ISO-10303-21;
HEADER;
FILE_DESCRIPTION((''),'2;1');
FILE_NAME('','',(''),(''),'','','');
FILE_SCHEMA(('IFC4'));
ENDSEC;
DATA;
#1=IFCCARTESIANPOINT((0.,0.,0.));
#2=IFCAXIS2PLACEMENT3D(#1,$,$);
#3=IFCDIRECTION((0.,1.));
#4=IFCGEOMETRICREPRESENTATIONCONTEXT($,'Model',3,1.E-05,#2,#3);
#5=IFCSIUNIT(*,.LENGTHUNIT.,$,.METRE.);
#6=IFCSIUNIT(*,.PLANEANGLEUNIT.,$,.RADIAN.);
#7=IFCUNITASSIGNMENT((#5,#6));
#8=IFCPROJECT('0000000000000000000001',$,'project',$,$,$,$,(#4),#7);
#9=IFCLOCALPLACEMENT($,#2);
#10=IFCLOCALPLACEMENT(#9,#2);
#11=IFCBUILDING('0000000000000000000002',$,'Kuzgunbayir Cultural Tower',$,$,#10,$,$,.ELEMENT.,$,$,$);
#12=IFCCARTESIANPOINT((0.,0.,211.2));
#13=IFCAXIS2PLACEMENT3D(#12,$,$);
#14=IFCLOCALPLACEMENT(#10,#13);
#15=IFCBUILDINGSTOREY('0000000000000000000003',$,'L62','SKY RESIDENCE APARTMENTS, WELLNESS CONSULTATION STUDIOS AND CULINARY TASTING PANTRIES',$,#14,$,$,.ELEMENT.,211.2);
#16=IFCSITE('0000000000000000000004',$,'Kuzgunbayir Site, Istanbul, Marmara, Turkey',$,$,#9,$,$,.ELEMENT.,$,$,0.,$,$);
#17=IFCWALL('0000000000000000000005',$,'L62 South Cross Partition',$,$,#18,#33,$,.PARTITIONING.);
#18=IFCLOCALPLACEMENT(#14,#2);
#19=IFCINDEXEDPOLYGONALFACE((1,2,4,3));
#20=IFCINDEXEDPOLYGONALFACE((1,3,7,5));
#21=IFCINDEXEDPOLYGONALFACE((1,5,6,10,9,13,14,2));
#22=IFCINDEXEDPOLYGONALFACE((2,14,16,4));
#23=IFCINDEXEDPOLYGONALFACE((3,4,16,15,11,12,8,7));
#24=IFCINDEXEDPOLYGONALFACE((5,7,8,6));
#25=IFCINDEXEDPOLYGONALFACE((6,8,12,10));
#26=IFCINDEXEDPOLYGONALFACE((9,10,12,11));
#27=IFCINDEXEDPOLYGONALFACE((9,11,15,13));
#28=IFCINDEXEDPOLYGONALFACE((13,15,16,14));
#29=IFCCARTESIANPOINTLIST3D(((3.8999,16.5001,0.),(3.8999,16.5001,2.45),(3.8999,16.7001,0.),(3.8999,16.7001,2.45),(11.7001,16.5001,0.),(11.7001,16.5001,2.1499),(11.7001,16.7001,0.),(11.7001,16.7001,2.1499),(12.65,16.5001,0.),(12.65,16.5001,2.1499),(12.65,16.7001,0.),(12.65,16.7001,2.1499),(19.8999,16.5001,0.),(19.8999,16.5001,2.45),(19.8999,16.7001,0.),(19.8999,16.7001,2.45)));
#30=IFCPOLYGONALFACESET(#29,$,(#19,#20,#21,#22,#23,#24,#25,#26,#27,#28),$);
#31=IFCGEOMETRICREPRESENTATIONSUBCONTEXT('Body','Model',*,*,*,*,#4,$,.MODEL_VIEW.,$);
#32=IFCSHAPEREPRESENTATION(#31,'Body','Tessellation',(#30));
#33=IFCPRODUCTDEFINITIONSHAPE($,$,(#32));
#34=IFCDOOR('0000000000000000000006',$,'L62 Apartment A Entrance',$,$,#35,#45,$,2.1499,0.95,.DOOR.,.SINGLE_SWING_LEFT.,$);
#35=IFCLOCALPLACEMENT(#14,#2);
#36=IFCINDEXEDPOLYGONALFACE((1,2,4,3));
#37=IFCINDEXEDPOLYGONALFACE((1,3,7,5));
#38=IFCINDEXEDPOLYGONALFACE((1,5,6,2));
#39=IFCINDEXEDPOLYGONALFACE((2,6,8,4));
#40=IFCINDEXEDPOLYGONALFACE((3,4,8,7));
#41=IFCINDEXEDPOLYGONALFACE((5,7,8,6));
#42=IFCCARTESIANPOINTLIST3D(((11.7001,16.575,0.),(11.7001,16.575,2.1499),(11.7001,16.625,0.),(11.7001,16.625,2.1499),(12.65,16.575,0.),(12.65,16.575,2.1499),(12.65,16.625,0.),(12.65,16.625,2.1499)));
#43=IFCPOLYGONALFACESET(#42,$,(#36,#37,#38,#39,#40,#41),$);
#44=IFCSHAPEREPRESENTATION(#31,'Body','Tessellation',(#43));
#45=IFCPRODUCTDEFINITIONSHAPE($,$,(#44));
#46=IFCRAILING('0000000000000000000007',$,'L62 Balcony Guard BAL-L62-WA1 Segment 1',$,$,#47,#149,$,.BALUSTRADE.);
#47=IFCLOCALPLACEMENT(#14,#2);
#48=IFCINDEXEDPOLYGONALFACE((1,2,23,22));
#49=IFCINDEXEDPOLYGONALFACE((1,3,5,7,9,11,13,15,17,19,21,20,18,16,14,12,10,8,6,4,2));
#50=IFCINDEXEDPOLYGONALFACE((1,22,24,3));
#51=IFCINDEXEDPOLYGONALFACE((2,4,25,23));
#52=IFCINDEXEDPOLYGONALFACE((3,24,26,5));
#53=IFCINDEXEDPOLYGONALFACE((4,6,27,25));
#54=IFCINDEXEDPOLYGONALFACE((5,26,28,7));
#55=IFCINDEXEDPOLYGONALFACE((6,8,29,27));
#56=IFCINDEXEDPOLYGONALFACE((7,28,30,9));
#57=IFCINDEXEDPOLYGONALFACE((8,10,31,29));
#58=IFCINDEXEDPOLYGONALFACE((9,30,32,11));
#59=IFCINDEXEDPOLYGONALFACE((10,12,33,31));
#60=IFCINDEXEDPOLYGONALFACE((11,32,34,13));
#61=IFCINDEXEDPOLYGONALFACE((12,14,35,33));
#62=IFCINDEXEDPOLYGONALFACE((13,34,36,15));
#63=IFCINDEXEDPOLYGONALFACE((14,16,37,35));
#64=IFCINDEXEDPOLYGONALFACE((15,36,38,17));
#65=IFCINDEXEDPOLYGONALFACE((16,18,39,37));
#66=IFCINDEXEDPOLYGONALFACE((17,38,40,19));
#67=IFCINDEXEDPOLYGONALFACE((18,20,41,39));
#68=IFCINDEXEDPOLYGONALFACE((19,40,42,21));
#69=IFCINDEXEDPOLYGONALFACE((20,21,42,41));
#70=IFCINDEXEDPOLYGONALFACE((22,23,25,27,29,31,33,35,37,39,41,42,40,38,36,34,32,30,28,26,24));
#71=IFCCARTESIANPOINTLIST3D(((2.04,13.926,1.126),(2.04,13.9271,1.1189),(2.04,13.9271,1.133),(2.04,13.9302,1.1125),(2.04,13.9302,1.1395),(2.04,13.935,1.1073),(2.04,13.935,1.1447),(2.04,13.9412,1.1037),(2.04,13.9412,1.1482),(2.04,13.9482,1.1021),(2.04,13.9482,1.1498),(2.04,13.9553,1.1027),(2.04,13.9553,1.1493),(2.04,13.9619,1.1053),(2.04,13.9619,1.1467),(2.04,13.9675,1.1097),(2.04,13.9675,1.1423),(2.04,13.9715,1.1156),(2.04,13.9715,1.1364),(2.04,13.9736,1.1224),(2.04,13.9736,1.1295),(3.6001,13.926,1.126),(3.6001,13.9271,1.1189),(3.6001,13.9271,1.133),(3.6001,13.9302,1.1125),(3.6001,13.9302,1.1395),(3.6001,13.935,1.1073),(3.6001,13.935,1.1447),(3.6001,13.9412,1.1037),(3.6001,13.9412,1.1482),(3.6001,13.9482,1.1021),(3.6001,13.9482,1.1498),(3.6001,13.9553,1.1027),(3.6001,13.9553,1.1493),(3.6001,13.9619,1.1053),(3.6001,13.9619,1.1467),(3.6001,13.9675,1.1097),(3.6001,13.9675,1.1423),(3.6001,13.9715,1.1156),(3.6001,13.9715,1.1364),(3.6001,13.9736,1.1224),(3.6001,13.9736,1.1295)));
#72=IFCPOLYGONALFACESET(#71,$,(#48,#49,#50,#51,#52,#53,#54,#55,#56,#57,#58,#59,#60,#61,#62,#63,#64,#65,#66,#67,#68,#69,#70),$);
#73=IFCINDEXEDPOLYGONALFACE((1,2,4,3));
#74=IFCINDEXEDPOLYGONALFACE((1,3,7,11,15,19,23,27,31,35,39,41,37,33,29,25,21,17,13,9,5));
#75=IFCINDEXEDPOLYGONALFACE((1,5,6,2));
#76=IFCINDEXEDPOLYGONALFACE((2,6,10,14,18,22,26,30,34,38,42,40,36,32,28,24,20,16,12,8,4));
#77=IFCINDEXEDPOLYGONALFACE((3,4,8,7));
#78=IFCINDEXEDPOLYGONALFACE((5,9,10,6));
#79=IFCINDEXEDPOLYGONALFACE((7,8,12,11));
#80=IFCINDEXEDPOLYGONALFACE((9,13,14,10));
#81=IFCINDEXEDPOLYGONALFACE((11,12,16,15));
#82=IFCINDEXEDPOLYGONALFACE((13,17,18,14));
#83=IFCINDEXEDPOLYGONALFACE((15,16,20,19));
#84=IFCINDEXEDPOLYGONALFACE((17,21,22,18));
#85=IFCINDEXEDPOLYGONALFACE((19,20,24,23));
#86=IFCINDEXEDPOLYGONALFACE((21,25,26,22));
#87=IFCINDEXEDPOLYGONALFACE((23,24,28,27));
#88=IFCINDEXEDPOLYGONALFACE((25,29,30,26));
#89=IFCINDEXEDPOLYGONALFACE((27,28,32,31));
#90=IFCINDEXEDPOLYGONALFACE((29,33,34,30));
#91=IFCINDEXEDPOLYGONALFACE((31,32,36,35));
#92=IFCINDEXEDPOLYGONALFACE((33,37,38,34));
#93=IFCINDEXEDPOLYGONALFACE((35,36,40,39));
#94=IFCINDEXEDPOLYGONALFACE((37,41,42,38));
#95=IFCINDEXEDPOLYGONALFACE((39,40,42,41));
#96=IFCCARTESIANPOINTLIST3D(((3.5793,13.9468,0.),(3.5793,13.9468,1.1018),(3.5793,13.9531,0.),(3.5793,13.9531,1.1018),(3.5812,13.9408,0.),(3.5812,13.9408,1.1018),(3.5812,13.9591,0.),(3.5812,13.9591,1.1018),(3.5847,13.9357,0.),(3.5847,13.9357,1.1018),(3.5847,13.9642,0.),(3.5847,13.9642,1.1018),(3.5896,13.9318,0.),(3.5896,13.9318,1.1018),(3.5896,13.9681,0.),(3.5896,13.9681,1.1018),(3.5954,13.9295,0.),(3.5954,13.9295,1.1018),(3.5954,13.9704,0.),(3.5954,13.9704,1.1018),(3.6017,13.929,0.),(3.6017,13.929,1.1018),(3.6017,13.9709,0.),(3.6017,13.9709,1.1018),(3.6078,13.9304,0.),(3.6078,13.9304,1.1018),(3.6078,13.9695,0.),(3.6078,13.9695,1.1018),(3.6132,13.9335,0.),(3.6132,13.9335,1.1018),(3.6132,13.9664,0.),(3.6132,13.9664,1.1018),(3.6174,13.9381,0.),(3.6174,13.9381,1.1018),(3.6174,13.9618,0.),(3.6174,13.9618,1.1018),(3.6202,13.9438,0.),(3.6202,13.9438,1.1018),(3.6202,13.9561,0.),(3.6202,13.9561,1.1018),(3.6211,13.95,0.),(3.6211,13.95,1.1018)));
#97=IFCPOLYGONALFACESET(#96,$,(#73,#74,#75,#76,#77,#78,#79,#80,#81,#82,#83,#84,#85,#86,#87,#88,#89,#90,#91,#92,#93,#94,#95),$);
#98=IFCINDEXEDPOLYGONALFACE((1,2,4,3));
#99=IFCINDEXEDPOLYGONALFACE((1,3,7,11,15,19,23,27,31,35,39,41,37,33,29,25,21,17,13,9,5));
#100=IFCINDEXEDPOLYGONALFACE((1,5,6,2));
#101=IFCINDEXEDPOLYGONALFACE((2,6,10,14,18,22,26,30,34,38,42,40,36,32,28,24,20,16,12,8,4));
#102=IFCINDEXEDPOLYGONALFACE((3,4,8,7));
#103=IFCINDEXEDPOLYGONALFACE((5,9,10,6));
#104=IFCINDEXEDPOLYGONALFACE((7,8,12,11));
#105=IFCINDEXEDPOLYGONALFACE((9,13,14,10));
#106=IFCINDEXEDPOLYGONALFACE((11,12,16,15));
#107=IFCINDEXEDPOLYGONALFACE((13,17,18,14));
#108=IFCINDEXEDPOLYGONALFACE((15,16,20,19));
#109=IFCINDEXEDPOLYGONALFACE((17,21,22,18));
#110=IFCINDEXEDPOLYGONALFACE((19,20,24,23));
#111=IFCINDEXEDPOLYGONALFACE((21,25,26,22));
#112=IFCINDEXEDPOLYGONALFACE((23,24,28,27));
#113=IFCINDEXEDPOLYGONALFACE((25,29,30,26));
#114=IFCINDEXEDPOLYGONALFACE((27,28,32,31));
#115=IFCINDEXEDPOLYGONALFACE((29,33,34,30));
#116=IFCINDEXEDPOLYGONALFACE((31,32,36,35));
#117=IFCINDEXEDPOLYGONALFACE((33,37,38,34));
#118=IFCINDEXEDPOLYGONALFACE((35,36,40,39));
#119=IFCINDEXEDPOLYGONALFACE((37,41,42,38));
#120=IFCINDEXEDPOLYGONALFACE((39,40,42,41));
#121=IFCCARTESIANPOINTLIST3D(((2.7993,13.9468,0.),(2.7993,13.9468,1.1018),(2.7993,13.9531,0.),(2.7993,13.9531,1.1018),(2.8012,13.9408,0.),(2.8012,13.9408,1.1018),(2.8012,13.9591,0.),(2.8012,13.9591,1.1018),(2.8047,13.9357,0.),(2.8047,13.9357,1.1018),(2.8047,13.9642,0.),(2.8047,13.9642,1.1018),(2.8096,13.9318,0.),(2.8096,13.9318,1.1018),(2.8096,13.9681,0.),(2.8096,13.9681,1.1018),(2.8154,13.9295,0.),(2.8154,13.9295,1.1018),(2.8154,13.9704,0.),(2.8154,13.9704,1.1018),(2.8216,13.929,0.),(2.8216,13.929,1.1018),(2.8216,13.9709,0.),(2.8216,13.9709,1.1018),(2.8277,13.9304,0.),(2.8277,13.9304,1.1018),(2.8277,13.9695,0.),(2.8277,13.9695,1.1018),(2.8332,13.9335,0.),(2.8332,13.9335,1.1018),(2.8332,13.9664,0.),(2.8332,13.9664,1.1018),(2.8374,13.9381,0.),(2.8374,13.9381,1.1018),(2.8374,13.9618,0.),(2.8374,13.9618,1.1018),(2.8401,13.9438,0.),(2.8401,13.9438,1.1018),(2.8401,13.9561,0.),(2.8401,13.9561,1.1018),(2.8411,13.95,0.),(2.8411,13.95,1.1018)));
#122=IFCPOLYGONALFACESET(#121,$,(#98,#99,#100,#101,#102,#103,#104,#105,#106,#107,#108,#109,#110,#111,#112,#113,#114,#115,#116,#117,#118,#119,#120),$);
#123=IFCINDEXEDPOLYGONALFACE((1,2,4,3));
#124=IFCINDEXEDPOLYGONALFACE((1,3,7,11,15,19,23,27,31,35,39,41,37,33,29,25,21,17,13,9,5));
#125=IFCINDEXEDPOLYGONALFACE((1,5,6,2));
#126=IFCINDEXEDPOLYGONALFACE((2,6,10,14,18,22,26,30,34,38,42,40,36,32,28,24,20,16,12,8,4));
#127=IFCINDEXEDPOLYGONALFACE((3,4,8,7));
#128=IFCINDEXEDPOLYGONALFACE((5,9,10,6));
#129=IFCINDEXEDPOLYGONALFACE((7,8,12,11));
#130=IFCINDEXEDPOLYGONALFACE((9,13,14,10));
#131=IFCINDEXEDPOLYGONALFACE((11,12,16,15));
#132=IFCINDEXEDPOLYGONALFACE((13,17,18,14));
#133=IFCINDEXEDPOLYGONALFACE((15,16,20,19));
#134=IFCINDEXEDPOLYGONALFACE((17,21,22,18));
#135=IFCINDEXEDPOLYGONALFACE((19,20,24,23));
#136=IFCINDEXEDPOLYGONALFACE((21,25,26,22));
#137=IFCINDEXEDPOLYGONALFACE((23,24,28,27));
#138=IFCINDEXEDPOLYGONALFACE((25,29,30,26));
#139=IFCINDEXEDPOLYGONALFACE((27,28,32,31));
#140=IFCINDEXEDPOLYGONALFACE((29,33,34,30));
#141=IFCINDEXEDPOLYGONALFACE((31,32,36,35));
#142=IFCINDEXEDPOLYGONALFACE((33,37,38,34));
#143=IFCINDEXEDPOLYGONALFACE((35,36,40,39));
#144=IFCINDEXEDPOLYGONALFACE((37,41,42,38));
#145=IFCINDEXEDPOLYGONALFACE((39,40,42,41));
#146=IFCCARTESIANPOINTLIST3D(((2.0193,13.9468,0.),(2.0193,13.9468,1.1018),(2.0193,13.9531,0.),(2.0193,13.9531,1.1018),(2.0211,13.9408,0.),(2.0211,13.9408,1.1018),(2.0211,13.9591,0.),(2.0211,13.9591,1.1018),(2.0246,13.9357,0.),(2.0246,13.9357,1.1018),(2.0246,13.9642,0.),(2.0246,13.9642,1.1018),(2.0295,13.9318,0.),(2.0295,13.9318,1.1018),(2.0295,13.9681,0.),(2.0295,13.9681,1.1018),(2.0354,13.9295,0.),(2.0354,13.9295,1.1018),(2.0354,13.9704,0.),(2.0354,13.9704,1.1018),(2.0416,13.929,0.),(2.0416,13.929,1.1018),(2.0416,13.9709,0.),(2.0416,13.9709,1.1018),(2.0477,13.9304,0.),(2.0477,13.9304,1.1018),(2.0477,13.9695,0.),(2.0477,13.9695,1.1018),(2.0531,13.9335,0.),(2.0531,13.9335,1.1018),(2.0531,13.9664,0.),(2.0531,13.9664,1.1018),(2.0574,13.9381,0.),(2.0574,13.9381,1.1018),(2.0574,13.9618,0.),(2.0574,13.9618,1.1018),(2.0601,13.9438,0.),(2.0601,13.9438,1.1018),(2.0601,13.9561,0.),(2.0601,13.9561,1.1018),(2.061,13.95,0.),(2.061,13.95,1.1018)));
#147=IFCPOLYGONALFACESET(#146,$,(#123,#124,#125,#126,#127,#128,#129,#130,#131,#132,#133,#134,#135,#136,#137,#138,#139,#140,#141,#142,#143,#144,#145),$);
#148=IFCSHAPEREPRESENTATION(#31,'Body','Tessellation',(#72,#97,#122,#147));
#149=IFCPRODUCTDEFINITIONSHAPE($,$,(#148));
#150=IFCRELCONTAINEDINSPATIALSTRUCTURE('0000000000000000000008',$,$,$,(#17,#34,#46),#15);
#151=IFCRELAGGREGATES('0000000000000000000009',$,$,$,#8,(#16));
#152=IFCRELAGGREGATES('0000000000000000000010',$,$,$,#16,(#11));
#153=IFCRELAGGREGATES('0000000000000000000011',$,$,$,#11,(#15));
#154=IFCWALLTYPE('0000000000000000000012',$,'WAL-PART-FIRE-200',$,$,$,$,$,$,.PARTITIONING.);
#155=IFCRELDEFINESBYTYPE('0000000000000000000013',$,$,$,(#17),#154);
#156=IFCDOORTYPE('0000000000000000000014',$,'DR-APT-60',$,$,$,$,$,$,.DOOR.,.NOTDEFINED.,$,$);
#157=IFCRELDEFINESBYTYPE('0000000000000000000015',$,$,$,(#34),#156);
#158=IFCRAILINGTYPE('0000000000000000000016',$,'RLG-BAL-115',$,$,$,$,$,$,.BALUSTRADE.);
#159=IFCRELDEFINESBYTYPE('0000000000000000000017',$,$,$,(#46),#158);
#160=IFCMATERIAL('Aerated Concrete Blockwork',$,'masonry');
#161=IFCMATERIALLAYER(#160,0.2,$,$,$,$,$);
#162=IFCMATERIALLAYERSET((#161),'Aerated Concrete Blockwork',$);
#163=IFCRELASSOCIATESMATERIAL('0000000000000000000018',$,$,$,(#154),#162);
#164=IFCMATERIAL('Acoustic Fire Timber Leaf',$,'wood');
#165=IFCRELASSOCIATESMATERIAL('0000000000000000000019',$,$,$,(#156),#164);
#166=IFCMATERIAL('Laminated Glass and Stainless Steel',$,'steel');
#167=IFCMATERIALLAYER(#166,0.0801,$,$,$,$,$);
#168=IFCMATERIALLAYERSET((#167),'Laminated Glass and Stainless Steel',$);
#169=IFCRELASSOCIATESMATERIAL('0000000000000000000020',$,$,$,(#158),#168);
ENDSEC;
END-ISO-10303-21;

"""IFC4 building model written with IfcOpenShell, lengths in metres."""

from ifc_helpers import new_model, si_unit, direction, frame, frame_2d, origin, origin_2d, place, context, subcontext, project, spatial, rectangle, circle, extrude, material, layer, layer_set, type_object, element, fill, save


model = new_model("IFC4")

# Units and contexts
model_context = context("Model", 3, precision=1e-05, world=origin(), true_north=direction((0.0, 1.0)))
body_context = subcontext(model_context, "Body", "Model", "MODEL_VIEW")
ifc_project = project(units=[si_unit("LENGTHUNIT", "METRE"), si_unit("PLANEANGLEUNIT", "RADIAN")], contexts=[model_context])

# Site, building, storey
site_placement = place(None, origin())
site = spatial("IfcSite", under=ifc_project, at=site_placement, Name="Kuzgunbayir Site, Istanbul, Marmara, Turkey", CompositionType="ELEMENT", RefElevation=0.0)
building_placement = place(site_placement, origin())
building = spatial("IfcBuilding", under=site, at=building_placement, Name="Kuzgunbayir Cultural Tower", CompositionType="ELEMENT")
storey_placement = place(building_placement, frame((0.0, 0.0, 211.2)))
storey = spatial("IfcBuildingStorey", under=building, at=storey_placement, Name="L62", Description="SKY RESIDENCE APARTMENTS, WELLNESS CONSULTATION STUDIOS AND CULINARY TASTING PANTRIES", CompositionType="ELEMENT", Elevation=211.2)

# Wall, opening, door
ifc_material_1 = material(Name="Aerated Concrete Blockwork", Category="masonry")
ifc_layer_1 = layer(ifc_material_1, 0.2)
ifc_layer_set_1 = layer_set([ifc_layer_1], Name="Aerated Concrete Blockwork")
wall_type_1 = type_object("IfcWallType", Name="WAL-PART-FIRE-200", PredefinedType="PARTITIONING", material=ifc_layer_set_1)
wall_1_placement = place(storey_placement, frame((3.8999, 16.6001, 0.0), z_axis=(0.0, 0.0, 1.0), x_axis=(1.0, 0.0, 0.0)))
wall_1 = element("IfcWall", 1, at=wall_1_placement, inside=storey, type_object=wall_type_1, Name="L62 South Cross Partition", PredefinedType="PARTITIONING", context=body_context, shape_type="SweptSolid", body=[
    extrude(rectangle(XDim=16.0, YDim=0.2, at=frame_2d((8.0, 0.0))), origin(), (0.0, 0.0, 1.0), 2.45),
])
opening_1_placement = place(wall_1_placement, frame((7.8, 0.0, 0.0)))
opening_1 = element("IfcOpeningElement", 2, at=opening_1_placement, cuts=wall_1, PredefinedType="OPENING", context=body_context, shape_type="SweptSolid", body=[
    extrude(rectangle(XDim=0.95, YDim=2.1499, at=frame_2d((0.4751, 1.075))), frame((0.0, 0.1099, 0.0), z_axis=(0.0, -1.0, 0.0), x_axis=(1.0, 0.0, 0.0)), (0.0, 0.0, 1.0), 0.22),
])
ifc_material_2 = material(Name="Acoustic Fire Timber Leaf", Category="wood")
door_type = type_object("IfcDoorType", Name="DR-APT-60", OperationType="NOTDEFINED", PredefinedType="DOOR", material=ifc_material_2)
door_placement = place(opening_1_placement, origin())
door = element("IfcDoor", 3, at=door_placement, inside=storey, type_object=door_type, Name="L62 Apartment A Entrance", OperationType="SINGLE_SWING_LEFT", OverallHeight=2.1499, OverallWidth=0.95, PredefinedType="DOOR", context=body_context, shape_type="SweptSolid", body=[
    extrude(rectangle(XDim=0.95, YDim=2.1499, at=frame_2d((0.4751, 1.075))), frame((0.0, 0.0249, 0.0), z_axis=(0.0, -1.0, 0.0), x_axis=(1.0, 0.0, 0.0)), (0.0, 0.0, 1.0), 0.05),
])
fill(opening_1, door)

# Railing
ifc_material_3 = material(Name="Laminated Glass and Stainless Steel", Category="steel")
ifc_layer_2 = layer(ifc_material_3, 0.0801)
ifc_layer_set_2 = layer_set([ifc_layer_2], Name="Laminated Glass and Stainless Steel")
railing_type = type_object("IfcRailingType", Name="RLG-BAL-115", PredefinedType="BALUSTRADE", material=ifc_layer_set_2)
railing_1_placement = place(storey_placement, frame((3.6001, 13.95, 0.0)))
element("IfcRailing", 4, at=railing_1_placement, inside=storey, type_object=railing_type, Name="L62 Balcony Guard BAL-L62-WA1 Segment 1", PredefinedType="BALUSTRADE", context=body_context, shape_type="SweptSolid", body=[
    extrude(circle(Radius=0.0239, at=origin_2d()), frame((0.0, 0.0, 1.126), z_axis=(-1.0, 0.0, 0.0), x_axis=(0.0, -1.0, 0.0)), (0.0, 0.0, 1.0), 1.5601),
    extrude(circle(Radius=0.021, at=origin_2d()), origin(), (0.0, 0.0, 1.0), 1.1018),
    extrude(circle(Radius=0.021, at=origin_2d()), frame((-0.78, 0.0, 0.0)), (0.0, 0.0, 1.0), 1.1018),
    extrude(circle(Radius=0.021, at=origin_2d()), frame((-1.5601, 0.0, 0.0)), (0.0, 0.0, 1.0), 1.1018),
])

save(model, "model.ifc")
